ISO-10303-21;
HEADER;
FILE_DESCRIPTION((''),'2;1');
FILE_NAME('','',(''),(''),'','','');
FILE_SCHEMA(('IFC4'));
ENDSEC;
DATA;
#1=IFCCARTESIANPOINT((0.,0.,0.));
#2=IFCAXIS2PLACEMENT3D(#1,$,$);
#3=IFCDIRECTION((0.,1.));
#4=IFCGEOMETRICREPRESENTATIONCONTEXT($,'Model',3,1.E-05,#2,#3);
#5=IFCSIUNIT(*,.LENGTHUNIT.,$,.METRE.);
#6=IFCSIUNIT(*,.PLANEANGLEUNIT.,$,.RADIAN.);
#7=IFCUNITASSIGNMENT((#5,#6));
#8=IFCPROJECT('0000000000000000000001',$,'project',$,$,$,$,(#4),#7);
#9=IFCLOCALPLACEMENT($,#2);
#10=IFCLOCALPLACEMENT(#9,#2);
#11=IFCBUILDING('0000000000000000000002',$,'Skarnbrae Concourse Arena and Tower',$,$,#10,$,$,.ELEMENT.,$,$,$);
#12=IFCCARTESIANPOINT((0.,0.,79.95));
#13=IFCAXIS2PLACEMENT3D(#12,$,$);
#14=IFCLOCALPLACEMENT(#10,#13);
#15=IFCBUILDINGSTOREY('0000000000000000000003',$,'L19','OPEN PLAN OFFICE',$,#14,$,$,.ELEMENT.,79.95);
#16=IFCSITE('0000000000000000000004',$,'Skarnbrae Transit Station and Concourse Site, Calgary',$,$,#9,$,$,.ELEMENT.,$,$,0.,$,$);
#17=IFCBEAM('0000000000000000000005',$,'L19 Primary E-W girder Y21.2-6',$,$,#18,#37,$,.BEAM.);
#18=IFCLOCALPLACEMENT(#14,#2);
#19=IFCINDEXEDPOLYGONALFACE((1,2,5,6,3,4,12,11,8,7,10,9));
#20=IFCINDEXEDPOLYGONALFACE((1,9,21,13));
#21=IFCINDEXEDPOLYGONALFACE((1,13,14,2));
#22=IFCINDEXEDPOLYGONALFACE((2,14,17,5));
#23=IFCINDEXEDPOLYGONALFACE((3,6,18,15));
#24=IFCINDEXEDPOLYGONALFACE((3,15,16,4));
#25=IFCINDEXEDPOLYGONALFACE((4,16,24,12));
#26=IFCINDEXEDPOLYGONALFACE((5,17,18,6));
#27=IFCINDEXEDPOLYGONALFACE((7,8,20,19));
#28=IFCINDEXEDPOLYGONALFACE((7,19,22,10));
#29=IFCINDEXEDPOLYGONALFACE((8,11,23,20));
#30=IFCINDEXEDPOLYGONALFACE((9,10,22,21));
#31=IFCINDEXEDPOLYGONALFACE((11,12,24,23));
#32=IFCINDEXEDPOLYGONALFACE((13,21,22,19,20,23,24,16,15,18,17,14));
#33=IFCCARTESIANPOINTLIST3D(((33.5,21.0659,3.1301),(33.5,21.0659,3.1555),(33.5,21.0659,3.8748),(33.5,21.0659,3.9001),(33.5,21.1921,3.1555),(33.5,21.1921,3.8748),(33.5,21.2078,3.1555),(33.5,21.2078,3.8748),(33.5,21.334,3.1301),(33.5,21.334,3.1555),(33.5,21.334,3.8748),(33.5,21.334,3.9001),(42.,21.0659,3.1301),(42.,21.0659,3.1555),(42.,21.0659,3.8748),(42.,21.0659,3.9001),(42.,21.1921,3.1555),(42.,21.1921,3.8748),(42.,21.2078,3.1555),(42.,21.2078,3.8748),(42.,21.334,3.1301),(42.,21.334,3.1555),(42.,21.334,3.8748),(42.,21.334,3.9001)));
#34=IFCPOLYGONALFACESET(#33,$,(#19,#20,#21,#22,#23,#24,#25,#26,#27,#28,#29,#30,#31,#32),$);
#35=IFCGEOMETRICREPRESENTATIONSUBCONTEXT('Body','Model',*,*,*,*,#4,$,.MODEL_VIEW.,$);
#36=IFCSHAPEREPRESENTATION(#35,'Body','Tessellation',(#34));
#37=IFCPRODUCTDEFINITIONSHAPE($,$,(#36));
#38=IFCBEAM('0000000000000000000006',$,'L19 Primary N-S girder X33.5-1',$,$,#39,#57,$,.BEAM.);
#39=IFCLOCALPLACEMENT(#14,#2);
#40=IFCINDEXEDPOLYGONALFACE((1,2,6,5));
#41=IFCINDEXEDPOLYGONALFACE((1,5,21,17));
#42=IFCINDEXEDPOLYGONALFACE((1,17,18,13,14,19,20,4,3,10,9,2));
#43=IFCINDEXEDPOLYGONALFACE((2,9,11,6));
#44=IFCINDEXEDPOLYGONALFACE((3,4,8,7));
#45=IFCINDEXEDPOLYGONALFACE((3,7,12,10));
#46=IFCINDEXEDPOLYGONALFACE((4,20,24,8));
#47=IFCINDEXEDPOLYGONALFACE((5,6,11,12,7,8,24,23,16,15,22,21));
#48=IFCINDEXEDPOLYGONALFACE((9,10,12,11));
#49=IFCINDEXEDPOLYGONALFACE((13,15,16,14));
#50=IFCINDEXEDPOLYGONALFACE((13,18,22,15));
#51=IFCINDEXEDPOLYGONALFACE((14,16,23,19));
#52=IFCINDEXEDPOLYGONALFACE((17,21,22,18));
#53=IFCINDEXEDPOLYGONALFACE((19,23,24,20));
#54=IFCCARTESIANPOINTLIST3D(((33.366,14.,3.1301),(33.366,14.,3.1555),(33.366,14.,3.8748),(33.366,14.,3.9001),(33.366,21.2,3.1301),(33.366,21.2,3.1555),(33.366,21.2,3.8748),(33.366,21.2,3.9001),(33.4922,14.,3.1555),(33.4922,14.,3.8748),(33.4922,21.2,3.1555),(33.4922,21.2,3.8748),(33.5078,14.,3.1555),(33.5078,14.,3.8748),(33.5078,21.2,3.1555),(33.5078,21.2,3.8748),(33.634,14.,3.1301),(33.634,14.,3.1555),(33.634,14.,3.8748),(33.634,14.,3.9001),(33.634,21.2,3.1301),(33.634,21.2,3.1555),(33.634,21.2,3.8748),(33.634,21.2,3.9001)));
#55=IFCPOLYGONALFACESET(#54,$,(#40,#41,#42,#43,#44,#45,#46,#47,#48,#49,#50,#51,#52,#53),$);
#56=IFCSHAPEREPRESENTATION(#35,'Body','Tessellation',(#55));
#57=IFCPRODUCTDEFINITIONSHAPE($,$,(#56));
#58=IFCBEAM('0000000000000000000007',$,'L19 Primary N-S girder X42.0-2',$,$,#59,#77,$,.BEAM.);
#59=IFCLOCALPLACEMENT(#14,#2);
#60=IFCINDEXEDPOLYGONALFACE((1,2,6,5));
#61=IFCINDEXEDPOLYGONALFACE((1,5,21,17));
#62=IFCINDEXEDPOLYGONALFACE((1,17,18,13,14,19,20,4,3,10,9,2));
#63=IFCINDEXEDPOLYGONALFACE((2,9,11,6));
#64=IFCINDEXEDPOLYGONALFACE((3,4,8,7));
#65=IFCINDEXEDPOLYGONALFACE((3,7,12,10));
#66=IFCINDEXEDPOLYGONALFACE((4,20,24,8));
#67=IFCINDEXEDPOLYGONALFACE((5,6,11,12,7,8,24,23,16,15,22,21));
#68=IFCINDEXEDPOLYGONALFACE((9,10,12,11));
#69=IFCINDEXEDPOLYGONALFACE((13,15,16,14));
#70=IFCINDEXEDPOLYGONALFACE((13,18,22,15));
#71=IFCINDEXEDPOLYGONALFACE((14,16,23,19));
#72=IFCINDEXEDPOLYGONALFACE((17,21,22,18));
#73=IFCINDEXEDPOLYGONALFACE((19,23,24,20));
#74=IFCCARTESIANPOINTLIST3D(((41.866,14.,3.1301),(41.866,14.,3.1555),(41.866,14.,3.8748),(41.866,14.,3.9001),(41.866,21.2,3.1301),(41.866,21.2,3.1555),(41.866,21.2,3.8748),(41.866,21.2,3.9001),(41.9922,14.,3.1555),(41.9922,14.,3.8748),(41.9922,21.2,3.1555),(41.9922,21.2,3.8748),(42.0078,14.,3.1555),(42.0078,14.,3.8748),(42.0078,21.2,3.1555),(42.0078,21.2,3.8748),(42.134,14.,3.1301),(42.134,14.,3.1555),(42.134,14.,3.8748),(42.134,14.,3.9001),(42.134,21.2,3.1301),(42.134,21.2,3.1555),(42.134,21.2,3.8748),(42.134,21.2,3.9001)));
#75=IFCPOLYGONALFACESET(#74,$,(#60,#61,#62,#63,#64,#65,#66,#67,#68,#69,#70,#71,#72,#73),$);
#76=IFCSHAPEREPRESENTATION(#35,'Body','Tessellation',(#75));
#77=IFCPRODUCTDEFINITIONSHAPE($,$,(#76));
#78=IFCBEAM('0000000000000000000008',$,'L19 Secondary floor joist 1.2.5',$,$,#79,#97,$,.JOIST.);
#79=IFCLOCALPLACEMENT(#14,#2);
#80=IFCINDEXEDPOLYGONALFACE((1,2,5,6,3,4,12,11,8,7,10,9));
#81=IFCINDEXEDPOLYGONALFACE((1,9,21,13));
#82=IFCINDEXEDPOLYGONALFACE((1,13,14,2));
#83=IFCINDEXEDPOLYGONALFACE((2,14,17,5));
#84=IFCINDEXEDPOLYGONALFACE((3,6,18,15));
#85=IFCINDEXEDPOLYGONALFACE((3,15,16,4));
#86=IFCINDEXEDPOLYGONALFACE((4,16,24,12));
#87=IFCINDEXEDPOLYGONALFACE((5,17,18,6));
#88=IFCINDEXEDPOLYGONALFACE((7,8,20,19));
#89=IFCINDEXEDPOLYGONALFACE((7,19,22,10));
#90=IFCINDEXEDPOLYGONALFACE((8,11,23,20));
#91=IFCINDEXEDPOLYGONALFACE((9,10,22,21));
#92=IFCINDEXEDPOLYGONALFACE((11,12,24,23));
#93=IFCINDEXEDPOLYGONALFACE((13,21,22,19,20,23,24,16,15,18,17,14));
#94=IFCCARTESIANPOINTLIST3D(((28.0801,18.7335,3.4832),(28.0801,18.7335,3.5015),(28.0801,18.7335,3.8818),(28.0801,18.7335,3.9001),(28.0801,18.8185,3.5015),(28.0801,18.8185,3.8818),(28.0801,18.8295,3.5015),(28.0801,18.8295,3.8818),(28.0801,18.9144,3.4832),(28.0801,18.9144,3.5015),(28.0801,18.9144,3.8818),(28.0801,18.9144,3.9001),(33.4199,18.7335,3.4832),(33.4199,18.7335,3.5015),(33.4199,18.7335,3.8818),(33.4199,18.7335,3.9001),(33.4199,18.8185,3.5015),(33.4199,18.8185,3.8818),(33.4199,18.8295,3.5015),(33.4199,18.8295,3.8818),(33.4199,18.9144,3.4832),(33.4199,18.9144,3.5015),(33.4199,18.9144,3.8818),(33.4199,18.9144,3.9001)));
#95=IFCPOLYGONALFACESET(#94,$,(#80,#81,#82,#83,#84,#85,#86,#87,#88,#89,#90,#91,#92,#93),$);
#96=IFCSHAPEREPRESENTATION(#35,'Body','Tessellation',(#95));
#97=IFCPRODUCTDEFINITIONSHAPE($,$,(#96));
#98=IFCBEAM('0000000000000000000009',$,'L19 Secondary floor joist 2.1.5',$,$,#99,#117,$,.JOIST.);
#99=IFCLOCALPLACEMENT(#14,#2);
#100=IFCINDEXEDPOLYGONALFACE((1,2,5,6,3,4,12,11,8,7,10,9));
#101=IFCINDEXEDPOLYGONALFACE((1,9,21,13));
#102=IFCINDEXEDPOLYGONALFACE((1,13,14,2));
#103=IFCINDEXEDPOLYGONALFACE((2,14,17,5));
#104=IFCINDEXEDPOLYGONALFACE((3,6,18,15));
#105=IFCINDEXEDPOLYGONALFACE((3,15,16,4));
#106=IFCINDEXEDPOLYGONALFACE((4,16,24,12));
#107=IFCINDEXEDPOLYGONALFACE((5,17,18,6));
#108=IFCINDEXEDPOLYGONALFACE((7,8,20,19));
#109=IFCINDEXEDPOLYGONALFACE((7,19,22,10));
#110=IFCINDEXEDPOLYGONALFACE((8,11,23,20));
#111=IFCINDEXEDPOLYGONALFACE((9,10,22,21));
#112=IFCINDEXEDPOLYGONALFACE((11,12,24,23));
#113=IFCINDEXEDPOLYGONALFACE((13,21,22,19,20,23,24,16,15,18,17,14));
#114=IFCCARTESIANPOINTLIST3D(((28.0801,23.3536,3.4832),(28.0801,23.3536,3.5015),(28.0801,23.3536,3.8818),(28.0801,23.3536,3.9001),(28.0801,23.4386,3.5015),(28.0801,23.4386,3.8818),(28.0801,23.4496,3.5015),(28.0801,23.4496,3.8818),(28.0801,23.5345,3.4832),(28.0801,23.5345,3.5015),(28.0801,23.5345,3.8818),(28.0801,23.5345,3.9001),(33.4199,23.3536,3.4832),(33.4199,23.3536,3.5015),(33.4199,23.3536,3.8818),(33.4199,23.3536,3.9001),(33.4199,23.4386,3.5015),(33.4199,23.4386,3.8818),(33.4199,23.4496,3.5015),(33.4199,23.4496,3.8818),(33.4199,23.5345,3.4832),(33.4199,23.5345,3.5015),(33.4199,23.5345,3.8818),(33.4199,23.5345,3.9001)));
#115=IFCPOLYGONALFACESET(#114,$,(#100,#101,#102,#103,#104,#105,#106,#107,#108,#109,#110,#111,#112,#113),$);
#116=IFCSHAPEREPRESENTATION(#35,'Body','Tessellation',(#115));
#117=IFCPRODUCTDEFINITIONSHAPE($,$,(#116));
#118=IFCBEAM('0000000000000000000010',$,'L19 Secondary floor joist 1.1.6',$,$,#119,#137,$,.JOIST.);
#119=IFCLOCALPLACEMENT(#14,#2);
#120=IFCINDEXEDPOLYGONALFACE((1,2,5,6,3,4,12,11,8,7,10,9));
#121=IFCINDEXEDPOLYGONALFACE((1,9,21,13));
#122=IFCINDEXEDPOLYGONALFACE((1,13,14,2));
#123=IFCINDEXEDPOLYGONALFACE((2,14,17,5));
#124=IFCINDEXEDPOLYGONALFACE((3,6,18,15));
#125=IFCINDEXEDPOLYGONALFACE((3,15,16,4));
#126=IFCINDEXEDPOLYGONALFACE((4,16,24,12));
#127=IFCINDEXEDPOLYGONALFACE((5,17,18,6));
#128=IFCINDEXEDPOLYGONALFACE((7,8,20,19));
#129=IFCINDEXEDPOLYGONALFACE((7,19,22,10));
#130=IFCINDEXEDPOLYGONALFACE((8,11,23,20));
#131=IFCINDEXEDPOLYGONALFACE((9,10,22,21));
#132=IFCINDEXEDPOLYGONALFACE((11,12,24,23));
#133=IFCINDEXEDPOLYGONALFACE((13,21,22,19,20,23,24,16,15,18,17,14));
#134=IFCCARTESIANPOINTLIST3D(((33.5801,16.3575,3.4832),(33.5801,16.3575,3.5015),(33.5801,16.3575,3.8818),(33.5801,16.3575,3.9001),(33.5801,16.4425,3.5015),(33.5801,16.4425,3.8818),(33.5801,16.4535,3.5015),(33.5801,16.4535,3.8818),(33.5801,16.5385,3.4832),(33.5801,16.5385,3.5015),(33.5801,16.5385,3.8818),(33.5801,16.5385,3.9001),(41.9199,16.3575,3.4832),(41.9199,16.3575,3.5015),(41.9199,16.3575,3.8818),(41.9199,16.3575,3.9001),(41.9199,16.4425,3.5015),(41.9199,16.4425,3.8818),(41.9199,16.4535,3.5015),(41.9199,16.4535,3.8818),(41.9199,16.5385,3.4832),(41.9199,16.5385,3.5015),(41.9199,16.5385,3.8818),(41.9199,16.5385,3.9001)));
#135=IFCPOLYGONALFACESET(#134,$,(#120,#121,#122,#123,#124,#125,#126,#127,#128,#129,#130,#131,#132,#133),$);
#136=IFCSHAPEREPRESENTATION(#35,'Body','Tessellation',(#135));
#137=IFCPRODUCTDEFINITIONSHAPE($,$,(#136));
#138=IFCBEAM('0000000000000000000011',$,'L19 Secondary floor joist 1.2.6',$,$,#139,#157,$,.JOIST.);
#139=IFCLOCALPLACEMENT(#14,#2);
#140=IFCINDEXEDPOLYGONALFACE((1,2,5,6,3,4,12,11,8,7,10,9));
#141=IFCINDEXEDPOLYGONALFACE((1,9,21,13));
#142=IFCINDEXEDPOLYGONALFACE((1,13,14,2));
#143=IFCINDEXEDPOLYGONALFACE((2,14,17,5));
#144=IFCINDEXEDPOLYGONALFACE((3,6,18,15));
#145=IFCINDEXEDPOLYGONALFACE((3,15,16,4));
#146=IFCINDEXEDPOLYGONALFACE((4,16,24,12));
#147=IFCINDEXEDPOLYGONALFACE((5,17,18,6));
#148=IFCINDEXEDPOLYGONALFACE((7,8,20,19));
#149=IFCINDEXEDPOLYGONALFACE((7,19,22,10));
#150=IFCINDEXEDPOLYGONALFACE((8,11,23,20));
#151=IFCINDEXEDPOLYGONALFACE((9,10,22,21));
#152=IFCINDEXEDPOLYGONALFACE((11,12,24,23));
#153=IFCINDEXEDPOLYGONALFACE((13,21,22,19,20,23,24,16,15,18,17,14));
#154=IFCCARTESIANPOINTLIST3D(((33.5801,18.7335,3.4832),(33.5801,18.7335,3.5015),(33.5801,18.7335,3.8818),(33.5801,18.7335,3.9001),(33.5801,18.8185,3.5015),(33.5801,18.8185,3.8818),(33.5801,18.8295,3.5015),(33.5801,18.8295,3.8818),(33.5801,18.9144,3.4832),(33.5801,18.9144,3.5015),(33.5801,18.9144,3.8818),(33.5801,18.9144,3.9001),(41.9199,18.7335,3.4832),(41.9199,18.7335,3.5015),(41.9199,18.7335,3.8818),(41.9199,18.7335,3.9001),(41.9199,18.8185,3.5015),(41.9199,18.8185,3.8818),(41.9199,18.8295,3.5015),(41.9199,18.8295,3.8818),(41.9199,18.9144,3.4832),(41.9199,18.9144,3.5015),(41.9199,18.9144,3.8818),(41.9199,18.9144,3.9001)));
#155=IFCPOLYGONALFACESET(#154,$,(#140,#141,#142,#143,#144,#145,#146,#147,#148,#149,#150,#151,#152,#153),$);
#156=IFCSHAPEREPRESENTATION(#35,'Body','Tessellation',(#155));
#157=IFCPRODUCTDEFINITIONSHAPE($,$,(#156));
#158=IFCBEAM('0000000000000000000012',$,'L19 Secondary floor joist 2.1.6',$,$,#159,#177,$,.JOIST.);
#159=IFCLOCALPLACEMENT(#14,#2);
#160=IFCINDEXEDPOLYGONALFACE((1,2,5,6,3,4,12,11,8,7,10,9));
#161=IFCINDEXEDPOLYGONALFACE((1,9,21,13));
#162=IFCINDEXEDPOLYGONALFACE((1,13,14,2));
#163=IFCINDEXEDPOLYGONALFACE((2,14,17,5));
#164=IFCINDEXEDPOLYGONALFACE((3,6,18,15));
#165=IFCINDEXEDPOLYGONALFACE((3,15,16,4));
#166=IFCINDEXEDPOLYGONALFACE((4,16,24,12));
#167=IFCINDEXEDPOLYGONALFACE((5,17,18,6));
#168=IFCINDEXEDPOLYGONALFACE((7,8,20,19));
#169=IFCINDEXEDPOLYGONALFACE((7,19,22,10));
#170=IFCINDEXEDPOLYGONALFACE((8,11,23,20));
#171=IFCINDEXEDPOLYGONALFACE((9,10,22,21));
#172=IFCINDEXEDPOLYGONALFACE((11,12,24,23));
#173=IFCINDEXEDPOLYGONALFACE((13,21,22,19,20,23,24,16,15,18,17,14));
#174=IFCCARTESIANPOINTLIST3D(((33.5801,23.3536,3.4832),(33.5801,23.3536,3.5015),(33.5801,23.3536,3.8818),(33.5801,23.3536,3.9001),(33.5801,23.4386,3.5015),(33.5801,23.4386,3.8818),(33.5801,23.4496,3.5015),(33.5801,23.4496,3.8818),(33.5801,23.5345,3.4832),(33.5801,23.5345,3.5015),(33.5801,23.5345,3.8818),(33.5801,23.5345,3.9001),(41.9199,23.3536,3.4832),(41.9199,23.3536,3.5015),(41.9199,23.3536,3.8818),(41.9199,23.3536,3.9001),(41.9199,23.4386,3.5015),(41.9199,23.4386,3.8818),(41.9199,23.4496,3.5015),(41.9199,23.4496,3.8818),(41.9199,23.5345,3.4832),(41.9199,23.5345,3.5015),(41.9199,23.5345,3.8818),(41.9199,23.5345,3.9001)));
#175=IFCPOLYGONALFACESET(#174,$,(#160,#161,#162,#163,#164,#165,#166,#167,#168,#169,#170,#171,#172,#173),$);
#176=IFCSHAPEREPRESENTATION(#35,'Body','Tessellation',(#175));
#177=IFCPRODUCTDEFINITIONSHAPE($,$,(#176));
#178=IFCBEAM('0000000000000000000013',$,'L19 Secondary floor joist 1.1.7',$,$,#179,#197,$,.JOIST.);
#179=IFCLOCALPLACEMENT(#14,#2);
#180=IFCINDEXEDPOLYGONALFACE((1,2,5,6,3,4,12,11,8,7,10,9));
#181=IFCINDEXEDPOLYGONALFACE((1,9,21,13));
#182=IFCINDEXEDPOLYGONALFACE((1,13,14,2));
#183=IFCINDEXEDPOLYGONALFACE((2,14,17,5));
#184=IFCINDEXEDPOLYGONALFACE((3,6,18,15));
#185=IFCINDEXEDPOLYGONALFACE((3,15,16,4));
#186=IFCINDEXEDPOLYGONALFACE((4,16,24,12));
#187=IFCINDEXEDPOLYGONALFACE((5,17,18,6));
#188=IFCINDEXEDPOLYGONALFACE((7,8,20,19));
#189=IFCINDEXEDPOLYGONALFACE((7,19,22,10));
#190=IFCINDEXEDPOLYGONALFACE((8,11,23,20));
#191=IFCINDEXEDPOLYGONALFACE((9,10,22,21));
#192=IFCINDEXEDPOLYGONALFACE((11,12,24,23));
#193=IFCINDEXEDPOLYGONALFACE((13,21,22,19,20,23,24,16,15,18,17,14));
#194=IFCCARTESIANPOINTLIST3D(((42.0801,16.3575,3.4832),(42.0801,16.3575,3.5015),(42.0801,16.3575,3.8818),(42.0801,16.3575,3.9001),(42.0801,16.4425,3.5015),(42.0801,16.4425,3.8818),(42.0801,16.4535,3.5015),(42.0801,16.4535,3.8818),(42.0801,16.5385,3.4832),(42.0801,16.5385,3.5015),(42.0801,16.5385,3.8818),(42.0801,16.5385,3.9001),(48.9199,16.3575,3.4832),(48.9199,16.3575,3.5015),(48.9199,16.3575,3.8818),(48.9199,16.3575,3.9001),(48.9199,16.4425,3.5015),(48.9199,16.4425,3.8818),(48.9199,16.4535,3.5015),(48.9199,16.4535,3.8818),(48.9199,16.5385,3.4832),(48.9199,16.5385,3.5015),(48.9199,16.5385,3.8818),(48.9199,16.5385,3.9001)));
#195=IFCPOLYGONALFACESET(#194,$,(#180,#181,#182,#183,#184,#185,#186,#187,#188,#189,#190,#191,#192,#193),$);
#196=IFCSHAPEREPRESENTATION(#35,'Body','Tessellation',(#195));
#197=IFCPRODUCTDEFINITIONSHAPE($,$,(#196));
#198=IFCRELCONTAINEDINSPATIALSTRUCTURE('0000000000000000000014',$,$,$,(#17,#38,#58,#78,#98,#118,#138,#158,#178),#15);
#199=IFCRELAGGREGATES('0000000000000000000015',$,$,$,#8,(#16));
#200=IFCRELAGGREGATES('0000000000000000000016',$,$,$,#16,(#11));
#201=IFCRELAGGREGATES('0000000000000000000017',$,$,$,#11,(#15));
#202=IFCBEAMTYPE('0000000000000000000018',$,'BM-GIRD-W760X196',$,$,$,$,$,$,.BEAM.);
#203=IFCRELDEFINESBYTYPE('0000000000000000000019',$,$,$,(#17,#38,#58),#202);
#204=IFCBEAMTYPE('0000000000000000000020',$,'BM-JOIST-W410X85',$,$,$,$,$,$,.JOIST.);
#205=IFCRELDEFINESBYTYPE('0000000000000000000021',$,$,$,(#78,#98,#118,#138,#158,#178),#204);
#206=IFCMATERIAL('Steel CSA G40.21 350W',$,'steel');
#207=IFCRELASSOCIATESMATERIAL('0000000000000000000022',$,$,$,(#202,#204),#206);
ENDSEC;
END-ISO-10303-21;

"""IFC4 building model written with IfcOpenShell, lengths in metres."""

from ifc_helpers import new_model, si_unit, direction, frame, origin, origin_2d, place, context, subcontext, project, spatial, i_section, extrude, source, transform, mapped, material, material_profile, profile_set, type_object, element, save


model = new_model("IFC4")

# Units and contexts
model_context = context("Model", 3, precision=1e-05, world=origin(), true_north=direction((0.0, 1.0)))
body_context = subcontext(model_context, "Body", "Model", "MODEL_VIEW")
ifc_project = project(units=[si_unit("LENGTHUNIT", "METRE"), si_unit("PLANEANGLEUNIT", "RADIAN")], contexts=[model_context])

# Site, building, storey
site_placement = place(None, origin())
site = spatial("IfcSite", under=ifc_project, at=site_placement, Name="Skarnbrae Transit Station and Concourse Site, Calgary", CompositionType="ELEMENT", RefElevation=0.0)
building_placement = place(site_placement, origin())
building = spatial("IfcBuilding", under=site, at=building_placement, Name="Skarnbrae Concourse Arena and Tower", CompositionType="ELEMENT")
storey_placement = place(building_placement, frame((0.0, 0.0, 79.95)))
storey = spatial("IfcBuildingStorey", under=building, at=storey_placement, Name="L19", Description="OPEN PLAN OFFICE", CompositionType="ELEMENT", Elevation=79.95)

# Shared definitions
ifc_material_1 = material(Name="Steel CSA G40.21 350W", Category="steel")

# Beams
ifc_material_profile_1 = material_profile(ifc_material_1, i_section(OverallWidth=0.2681, OverallDepth=0.77, WebThickness=0.0156, FlangeThickness=0.0254, at=origin_2d()), Name="W760X196")
ifc_profile_set_1 = profile_set([ifc_material_profile_1], Name="Steel CSA G40.21 350W")
beam_type_1 = type_object("IfcBeamType", Name="BM-GIRD-W760X196", PredefinedType="BEAM", material=ifc_profile_set_1)
shared_shape_1 = source(origin(), body_context, "Body", "SweptSolid", [
    extrude(i_section(OverallWidth=0.2681, OverallDepth=0.77, WebThickness=0.0156, FlangeThickness=0.0254, at=origin_2d()), origin(), (0.0, 0.0, 1.0), 8.5),
])
for number, where, z_axis, x_axis, name in (
    (1, (33.5, 21.2, 3.5151), (1.0, 0.0, 0.0), (0.0, 1.0, 0.0), "L19 Primary E-W girder Y21.2-6"),
):
    element("IfcBeam", number, at=place(storey_placement, frame(where, z_axis=z_axis, x_axis=x_axis)), inside=storey, type_object=beam_type_1, Name=name, PredefinedType="BEAM", context=body_context, shape_type="MappedRepresentation", body=[
        mapped(shared_shape_1, transform((0.0, 0.0, 0.0))),
    ])
shared_shape_2 = source(origin(), body_context, "Body", "SweptSolid", [
    extrude(i_section(OverallWidth=0.2681, OverallDepth=0.77, WebThickness=0.0156, FlangeThickness=0.0254, at=origin_2d()), origin(), (0.0, 0.0, 1.0), 7.2),
])
for number, where, z_axis, x_axis, name in (
    (2, (33.5, 14.0, 3.5151), (0.0, 1.0, 0.0), (-1.0, 0.0, 0.0), "L19 Primary N-S girder X33.5-1"),
    (3, (42.0, 14.0, 3.5151), (0.0, 1.0, 0.0), (-1.0, 0.0, 0.0), "L19 Primary N-S girder X42.0-2"),
):
    element("IfcBeam", number, at=place(storey_placement, frame(where, z_axis=z_axis, x_axis=x_axis)), inside=storey, type_object=beam_type_1, Name=name, PredefinedType="BEAM", context=body_context, shape_type="MappedRepresentation", body=[
        mapped(shared_shape_2, transform((0.0, 0.0, 0.0))),
    ])
ifc_material_profile_2 = material_profile(ifc_material_1, i_section(OverallWidth=0.1809, OverallDepth=0.417, WebThickness=0.011, FlangeThickness=0.0183, at=origin_2d()), Name="W410X85")
ifc_profile_set_2 = profile_set([ifc_material_profile_2], Name="Steel CSA G40.21 350W")
beam_type_2 = type_object("IfcBeamType", Name="BM-JOIST-W410X85", PredefinedType="JOIST", material=ifc_profile_set_2)
shared_shape_3 = source(origin(), body_context, "Body", "SweptSolid", [
    extrude(i_section(OverallWidth=0.1809, OverallDepth=0.417, WebThickness=0.011, FlangeThickness=0.0183, at=origin_2d()), origin(), (0.0, 0.0, 1.0), 5.3398),
])
for number, where, z_axis, x_axis, name in (
    (4, (28.0801, 18.824, 3.6917), (1.0, 0.0, 0.0), (0.0, 1.0, 0.0), "L19 Secondary floor joist 1.2.5"),
    (5, (28.0801, 23.4441, 3.6917), (1.0, 0.0, 0.0), (0.0, 1.0, 0.0), "L19 Secondary floor joist 2.1.5"),
):
    element("IfcBeam", number, at=place(storey_placement, frame(where, z_axis=z_axis, x_axis=x_axis)), inside=storey, type_object=beam_type_2, Name=name, PredefinedType="JOIST", context=body_context, shape_type="MappedRepresentation", body=[
        mapped(shared_shape_3, transform((0.0, 0.0, 0.0))),
    ])
shared_shape_4 = source(origin(), body_context, "Body", "SweptSolid", [
    extrude(i_section(OverallWidth=0.1809, OverallDepth=0.417, WebThickness=0.011, FlangeThickness=0.0183, at=origin_2d()), origin(), (0.0, 0.0, 1.0), 8.3398),
])
for number, where, z_axis, x_axis, name in (
    (6, (33.5801, 16.448, 3.6917), (1.0, 0.0, 0.0), (0.0, 1.0, 0.0), "L19 Secondary floor joist 1.1.6"),
    (7, (33.5801, 18.824, 3.6917), (1.0, 0.0, 0.0), (0.0, 1.0, 0.0), "L19 Secondary floor joist 1.2.6"),
    (8, (33.5801, 23.4441, 3.6917), (1.0, 0.0, 0.0), (0.0, 1.0, 0.0), "L19 Secondary floor joist 2.1.6"),
):
    element("IfcBeam", number, at=place(storey_placement, frame(where, z_axis=z_axis, x_axis=x_axis)), inside=storey, type_object=beam_type_2, Name=name, PredefinedType="JOIST", context=body_context, shape_type="MappedRepresentation", body=[
        mapped(shared_shape_4, transform((0.0, 0.0, 0.0))),
    ])
shared_shape_5 = source(origin(), body_context, "Body", "SweptSolid", [
    extrude(i_section(OverallWidth=0.1809, OverallDepth=0.417, WebThickness=0.011, FlangeThickness=0.0183, at=origin_2d()), origin(), (0.0, 0.0, 1.0), 6.8398),
])
for number, where, z_axis, x_axis, name in (
    (9, (42.0801, 16.448, 3.6917), (1.0, 0.0, 0.0), (0.0, 1.0, 0.0), "L19 Secondary floor joist 1.1.7"),
):
    element("IfcBeam", number, at=place(storey_placement, frame(where, z_axis=z_axis, x_axis=x_axis)), inside=storey, type_object=beam_type_2, Name=name, PredefinedType="JOIST", context=body_context, shape_type="MappedRepresentation", body=[
        mapped(shared_shape_5, transform((0.0, 0.0, 0.0))),
    ])

save(model, "model.ifc")
